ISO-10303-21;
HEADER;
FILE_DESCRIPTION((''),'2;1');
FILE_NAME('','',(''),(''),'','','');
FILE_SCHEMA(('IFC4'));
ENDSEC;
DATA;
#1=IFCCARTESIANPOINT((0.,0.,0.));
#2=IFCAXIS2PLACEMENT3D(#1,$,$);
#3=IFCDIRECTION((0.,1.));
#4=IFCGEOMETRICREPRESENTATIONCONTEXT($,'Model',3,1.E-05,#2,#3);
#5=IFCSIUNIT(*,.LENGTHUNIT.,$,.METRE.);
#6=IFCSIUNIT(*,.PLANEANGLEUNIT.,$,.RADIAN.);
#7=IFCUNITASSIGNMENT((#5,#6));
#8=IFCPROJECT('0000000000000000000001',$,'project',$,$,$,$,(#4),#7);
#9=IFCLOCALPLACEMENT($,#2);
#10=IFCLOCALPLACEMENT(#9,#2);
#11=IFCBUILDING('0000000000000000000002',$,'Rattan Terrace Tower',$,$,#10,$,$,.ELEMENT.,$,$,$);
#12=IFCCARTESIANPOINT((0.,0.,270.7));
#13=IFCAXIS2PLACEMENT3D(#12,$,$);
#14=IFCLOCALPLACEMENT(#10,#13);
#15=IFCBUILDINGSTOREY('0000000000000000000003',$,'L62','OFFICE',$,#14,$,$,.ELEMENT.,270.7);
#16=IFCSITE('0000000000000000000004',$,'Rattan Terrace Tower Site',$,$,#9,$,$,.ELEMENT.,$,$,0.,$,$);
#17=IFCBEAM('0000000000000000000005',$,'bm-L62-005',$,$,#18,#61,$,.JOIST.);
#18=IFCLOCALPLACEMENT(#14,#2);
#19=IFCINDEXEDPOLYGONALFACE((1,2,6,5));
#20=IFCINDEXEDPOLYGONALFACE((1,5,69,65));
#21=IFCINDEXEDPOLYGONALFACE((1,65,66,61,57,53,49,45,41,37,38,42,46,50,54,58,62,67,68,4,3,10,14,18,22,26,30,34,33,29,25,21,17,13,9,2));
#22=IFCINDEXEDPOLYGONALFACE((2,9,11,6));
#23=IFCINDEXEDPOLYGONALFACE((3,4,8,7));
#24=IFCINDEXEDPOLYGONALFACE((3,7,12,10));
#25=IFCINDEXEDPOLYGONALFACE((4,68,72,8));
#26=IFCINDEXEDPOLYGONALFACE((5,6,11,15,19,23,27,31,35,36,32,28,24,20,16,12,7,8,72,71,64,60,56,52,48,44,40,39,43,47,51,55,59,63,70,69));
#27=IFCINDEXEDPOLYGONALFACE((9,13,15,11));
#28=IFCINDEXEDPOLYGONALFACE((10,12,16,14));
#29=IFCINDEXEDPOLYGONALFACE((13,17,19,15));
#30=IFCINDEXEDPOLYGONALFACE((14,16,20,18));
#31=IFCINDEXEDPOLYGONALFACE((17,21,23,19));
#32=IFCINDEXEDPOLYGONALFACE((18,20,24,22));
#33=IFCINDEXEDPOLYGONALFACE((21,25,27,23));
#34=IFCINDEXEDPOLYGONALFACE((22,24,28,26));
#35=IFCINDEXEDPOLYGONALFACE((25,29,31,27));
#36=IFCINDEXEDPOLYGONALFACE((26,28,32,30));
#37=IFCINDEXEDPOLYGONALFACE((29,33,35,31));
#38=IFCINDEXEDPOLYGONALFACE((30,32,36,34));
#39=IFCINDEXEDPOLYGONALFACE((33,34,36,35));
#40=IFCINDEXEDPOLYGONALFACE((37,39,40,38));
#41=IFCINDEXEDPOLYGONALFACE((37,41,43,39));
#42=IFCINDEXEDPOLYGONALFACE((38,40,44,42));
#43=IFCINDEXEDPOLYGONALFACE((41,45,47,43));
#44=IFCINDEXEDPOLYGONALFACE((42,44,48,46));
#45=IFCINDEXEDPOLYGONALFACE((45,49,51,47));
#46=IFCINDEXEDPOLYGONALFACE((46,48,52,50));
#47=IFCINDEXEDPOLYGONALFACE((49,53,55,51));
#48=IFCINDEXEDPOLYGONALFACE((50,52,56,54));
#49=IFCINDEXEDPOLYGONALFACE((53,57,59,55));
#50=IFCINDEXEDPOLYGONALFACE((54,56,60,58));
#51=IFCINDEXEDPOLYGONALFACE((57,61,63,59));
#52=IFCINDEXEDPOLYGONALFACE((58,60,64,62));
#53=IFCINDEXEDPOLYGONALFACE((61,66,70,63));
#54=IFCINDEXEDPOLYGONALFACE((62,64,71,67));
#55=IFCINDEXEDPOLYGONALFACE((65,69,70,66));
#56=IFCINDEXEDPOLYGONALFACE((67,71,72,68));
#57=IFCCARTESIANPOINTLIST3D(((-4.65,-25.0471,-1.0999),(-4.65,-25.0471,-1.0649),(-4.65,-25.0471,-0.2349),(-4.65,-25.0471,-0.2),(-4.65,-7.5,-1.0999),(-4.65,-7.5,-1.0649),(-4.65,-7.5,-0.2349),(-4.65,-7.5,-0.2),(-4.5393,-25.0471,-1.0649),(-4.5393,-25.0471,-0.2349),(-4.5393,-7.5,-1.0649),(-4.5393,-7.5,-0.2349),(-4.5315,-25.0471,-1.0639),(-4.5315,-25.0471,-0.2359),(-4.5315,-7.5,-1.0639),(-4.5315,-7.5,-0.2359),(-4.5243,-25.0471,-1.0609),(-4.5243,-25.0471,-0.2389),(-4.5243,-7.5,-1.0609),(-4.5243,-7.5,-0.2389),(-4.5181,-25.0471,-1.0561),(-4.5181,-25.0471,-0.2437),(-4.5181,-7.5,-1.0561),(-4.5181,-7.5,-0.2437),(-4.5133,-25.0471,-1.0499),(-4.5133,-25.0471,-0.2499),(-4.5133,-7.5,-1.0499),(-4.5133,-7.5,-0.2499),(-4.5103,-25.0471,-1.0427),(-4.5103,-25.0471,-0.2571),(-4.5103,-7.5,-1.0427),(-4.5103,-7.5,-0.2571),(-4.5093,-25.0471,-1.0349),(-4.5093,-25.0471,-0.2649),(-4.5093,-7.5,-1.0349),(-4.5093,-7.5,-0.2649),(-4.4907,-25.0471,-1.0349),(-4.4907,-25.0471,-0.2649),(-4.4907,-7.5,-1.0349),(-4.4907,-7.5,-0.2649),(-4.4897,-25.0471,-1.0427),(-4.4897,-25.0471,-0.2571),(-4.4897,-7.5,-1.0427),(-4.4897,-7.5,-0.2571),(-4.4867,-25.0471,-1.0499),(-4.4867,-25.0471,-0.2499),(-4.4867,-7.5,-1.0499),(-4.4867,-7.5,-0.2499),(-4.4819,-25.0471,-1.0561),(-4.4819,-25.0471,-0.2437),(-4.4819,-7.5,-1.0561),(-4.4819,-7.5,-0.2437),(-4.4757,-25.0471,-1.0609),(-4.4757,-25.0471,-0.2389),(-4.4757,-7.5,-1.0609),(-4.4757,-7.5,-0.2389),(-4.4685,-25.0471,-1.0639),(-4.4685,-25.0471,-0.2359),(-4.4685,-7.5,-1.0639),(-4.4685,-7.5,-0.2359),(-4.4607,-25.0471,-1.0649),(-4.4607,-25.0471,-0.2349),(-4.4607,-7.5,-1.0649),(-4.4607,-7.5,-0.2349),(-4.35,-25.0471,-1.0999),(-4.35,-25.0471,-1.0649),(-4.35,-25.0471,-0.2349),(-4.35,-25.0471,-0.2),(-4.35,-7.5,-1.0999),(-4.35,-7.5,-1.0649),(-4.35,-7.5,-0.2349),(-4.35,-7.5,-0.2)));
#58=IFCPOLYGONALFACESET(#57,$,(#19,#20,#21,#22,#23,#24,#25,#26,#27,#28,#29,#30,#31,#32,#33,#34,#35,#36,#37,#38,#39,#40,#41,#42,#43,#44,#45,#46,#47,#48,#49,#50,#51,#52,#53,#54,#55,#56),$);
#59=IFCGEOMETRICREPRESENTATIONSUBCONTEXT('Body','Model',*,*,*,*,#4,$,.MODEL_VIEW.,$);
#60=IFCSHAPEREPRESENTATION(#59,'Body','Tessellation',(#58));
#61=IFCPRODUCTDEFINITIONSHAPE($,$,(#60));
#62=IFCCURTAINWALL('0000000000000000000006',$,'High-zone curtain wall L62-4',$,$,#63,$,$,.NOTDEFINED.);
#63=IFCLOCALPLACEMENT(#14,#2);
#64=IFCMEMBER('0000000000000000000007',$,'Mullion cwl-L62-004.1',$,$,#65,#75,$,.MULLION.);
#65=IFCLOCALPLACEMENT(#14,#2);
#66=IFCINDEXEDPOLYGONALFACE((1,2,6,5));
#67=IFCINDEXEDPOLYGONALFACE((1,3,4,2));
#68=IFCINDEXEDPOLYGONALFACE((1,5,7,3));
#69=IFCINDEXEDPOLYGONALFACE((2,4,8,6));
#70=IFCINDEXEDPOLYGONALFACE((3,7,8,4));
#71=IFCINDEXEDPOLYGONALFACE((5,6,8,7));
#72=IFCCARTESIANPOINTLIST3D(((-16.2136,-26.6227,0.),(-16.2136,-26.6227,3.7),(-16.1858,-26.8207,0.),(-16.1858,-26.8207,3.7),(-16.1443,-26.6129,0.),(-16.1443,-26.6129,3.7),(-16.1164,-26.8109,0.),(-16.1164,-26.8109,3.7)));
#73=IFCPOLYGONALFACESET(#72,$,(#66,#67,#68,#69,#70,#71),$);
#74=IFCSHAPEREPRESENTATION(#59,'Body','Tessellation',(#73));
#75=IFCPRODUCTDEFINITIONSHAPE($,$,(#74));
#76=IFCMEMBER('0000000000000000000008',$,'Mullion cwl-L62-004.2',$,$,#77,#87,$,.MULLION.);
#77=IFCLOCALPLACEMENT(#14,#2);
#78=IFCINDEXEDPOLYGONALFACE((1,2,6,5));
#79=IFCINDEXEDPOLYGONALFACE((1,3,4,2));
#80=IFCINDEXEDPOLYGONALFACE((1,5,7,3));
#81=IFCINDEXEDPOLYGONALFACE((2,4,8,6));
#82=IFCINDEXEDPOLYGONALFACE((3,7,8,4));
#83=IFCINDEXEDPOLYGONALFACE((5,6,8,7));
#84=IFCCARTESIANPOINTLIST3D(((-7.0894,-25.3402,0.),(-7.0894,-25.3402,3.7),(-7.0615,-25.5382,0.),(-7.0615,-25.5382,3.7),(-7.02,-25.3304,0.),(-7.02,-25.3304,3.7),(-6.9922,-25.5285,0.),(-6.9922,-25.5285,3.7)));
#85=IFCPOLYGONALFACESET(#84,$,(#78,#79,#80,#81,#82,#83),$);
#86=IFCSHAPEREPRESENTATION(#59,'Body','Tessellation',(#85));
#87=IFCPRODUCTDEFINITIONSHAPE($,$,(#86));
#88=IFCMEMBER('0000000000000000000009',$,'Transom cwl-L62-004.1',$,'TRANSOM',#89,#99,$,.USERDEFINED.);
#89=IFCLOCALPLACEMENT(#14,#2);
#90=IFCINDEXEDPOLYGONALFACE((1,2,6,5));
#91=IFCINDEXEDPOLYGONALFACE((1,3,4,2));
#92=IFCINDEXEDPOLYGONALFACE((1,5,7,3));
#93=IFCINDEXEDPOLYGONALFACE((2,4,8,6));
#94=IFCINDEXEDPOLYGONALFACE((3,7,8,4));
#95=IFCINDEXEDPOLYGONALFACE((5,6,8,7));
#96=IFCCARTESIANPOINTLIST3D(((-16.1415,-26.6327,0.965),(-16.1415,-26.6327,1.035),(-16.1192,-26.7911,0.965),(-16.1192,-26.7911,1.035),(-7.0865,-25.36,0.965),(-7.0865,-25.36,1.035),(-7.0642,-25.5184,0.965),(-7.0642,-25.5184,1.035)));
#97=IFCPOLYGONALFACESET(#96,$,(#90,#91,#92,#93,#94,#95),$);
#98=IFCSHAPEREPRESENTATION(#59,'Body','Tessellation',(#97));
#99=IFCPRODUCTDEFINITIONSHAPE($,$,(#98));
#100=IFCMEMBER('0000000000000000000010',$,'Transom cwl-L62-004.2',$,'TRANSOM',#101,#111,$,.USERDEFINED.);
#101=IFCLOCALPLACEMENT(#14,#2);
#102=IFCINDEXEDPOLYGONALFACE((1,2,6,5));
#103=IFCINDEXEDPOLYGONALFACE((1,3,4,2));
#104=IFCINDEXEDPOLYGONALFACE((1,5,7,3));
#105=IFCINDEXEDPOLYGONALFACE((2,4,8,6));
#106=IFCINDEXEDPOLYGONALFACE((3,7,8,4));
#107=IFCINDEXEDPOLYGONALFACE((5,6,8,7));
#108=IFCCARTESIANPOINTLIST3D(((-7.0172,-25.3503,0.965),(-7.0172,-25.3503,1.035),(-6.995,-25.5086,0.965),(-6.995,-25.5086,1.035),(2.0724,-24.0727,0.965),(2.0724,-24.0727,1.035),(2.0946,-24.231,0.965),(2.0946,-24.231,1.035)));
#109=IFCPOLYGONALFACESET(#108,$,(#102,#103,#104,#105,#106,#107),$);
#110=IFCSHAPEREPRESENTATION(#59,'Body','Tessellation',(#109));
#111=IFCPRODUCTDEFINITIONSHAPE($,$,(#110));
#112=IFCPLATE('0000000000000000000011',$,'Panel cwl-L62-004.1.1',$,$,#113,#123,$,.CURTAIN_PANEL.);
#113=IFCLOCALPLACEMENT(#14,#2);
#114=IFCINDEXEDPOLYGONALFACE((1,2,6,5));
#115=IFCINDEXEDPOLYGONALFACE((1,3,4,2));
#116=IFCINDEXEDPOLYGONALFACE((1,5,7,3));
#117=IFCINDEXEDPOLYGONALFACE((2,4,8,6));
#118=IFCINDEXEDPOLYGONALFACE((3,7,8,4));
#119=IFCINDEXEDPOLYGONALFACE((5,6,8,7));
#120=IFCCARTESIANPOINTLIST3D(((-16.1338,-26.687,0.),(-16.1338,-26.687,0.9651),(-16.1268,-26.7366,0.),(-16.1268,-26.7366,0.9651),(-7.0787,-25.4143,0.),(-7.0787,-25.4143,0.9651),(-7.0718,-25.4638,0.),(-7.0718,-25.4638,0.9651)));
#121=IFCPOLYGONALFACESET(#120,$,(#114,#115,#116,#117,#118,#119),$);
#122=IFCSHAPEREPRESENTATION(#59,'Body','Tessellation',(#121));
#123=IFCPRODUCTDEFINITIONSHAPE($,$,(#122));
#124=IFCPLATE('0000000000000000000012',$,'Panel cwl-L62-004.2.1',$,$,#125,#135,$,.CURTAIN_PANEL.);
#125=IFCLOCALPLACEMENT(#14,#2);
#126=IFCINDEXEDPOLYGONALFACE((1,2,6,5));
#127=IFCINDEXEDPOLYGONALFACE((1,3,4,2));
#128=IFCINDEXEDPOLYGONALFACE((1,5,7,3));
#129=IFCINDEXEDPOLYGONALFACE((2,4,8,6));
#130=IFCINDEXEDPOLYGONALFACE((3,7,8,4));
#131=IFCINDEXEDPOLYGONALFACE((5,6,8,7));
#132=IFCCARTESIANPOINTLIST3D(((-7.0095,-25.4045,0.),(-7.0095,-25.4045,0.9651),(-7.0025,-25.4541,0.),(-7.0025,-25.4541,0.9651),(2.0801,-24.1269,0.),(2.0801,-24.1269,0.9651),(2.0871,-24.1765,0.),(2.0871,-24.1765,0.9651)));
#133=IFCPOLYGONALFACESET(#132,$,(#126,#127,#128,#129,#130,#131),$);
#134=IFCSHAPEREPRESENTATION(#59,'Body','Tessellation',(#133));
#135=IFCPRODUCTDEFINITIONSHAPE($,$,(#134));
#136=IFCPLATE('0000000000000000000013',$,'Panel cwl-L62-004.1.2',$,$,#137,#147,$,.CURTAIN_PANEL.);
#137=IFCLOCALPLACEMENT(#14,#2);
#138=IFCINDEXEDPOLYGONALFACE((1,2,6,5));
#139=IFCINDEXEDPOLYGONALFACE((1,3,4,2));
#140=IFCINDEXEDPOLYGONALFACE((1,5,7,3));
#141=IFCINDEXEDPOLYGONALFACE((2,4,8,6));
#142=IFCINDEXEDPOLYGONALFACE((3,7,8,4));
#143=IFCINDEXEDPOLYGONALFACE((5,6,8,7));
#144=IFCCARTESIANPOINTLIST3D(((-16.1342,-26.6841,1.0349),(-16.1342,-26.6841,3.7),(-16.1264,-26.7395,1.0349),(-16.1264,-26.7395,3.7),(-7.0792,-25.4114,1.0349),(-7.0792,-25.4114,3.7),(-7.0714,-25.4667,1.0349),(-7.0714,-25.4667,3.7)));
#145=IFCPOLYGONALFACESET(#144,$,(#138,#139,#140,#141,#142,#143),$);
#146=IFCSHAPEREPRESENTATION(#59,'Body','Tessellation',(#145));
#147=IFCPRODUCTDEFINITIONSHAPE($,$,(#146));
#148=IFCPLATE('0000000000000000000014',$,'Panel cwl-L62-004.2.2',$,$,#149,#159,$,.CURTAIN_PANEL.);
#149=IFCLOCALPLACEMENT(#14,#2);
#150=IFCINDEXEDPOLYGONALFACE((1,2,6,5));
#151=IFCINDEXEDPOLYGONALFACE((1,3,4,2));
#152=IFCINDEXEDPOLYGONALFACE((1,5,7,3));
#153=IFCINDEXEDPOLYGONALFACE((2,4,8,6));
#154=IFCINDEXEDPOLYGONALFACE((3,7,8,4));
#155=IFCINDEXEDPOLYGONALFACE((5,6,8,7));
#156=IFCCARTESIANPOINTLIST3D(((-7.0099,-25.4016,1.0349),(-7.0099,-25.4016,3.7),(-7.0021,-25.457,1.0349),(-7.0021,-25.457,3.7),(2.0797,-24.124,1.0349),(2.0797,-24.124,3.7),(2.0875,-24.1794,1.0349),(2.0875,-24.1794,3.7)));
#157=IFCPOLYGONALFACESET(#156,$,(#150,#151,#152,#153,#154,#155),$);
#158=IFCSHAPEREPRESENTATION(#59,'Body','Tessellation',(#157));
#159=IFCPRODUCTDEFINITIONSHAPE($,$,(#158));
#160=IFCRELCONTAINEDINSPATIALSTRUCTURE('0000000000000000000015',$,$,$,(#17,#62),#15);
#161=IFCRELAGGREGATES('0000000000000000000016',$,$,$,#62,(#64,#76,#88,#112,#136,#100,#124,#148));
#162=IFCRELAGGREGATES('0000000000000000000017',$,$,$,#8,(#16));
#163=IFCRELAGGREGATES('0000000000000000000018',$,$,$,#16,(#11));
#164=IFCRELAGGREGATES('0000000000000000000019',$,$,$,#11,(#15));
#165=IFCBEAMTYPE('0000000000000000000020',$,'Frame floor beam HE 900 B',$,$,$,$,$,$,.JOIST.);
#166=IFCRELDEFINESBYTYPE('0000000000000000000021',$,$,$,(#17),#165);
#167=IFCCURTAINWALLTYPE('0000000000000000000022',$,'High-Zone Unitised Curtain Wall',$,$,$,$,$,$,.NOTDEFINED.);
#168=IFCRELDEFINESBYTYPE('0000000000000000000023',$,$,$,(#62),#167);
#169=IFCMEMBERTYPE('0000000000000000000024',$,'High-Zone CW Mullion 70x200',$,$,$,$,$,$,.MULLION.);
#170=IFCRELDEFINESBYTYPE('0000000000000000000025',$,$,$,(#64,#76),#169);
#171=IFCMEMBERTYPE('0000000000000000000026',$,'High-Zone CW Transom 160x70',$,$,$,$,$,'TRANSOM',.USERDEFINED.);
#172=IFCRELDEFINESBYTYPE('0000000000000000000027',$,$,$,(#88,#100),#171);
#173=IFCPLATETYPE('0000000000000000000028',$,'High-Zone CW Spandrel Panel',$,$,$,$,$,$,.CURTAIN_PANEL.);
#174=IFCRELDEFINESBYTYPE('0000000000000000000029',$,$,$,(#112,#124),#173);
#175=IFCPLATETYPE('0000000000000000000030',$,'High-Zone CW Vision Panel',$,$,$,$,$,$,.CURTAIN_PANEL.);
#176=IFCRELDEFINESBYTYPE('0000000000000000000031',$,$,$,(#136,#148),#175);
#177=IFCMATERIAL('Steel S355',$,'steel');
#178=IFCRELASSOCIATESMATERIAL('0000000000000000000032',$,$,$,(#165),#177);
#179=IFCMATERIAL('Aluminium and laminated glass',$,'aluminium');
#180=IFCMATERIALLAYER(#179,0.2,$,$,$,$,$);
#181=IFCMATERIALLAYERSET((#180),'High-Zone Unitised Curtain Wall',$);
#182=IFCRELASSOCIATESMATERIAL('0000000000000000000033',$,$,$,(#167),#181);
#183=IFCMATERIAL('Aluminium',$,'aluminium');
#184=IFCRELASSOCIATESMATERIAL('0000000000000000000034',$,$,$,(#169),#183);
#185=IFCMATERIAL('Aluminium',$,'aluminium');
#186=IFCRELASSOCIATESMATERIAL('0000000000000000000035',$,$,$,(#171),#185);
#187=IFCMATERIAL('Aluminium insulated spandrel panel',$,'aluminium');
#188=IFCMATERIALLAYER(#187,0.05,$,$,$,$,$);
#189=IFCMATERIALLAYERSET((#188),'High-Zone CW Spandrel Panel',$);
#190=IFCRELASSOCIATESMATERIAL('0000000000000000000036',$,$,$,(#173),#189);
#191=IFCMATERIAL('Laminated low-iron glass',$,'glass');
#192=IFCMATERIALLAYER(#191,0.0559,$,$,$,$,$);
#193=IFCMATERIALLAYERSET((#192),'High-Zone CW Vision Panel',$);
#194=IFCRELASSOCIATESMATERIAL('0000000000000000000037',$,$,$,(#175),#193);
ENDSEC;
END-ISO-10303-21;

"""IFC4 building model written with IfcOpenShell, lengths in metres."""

from ifc_helpers import new_model, si_unit, direction, frame, origin, origin_2d, place, context, subcontext, project, spatial, rectangle, i_section, extrude, material, layer, layer_set, material_profile, profile_set, type_object, element, aggregate, save


model = new_model("IFC4")

# Units and contexts
model_context = context("Model", 3, precision=1e-05, world=origin(), true_north=direction((0.0, 1.0)))
body_context = subcontext(model_context, "Body", "Model", "MODEL_VIEW")
ifc_project = project(units=[si_unit("LENGTHUNIT", "METRE"), si_unit("PLANEANGLEUNIT", "RADIAN")], contexts=[model_context])

# Site, building, storey
site_placement = place(None, origin())
site = spatial("IfcSite", under=ifc_project, at=site_placement, Name="Rattan Terrace Tower Site", CompositionType="ELEMENT", RefElevation=0.0)
building_placement = place(site_placement, origin())
building = spatial("IfcBuilding", under=site, at=building_placement, Name="Rattan Terrace Tower", CompositionType="ELEMENT")
storey_placement = place(building_placement, frame((0.0, 0.0, 270.7)))
storey = spatial("IfcBuildingStorey", under=building, at=storey_placement, Name="L62", Description="OFFICE", CompositionType="ELEMENT", Elevation=270.7)

# Beam
ifc_material_1 = material(Name="Steel S355", Category="steel")
ifc_material_profile_1 = material_profile(ifc_material_1, i_section(OverallWidth=0.3, OverallDepth=0.8999, WebThickness=0.0186, FlangeThickness=0.0349, FilletRadius=0.03, at=origin_2d()), Name="HE 900 B")
ifc_profile_set_1 = profile_set([ifc_material_profile_1], Name="Steel S355")
beam_type_1 = type_object("IfcBeamType", Name="Frame floor beam HE 900 B", PredefinedType="JOIST", material=ifc_profile_set_1)
beam_1_placement = place(storey_placement, frame((-4.5, -25.0471, -0.6499), z_axis=(0.0, 1.0, 0.0), x_axis=(-1.0, 0.0, 0.0)))
element("IfcBeam", 1, at=beam_1_placement, inside=storey, type_object=beam_type_1, Name="bm-L62-005", PredefinedType="JOIST", context=body_context, shape_type="SweptSolid", body=[
    extrude(i_section(OverallWidth=0.3, OverallDepth=0.8999, WebThickness=0.0186, FlangeThickness=0.0349, FilletRadius=0.03, at=origin_2d()), origin(), (0.0, 0.0, 1.0), 17.5471),
])

# Curtain wall, members, plates
ifc_material_2 = material(Name="Aluminium and laminated glass", Category="aluminium")
ifc_layer_1 = layer(ifc_material_2, 0.2)
ifc_layer_set_1 = layer_set([ifc_layer_1], Name="High-Zone Unitised Curtain Wall")
curtain_wall_type = type_object("IfcCurtainWallType", Name="High-Zone Unitised Curtain Wall", PredefinedType="NOTDEFINED", material=ifc_layer_set_1)
curtain_wall_placement = place(storey_placement, origin())
curtain_wall = element("IfcCurtainWall", 2, at=curtain_wall_placement, inside=storey, type_object=curtain_wall_type, Name="High-zone curtain wall L62-4", PredefinedType="NOTDEFINED")
ifc_material_3 = material(Name="Aluminium", Category="aluminium")
ifc_material_profile_2 = material_profile(ifc_material_3, rectangle(XDim=0.0701, YDim=0.2, at=origin_2d()), Name="Aluminium 70x200")
ifc_profile_set_2 = profile_set([ifc_material_profile_2], Name="Aluminium")
member_type_1 = type_object("IfcMemberType", Name="High-Zone CW Mullion 70x200", PredefinedType="MULLION", material=ifc_profile_set_2)
member_1_placement = place(storey_placement, frame((-16.165, -26.7168, 0.0), z_axis=(0.0, 0.0, 1.0), x_axis=(0.990266, 0.139189, 0.0)))
member_1 = element("IfcMember", 3, at=member_1_placement, type_object=member_type_1, Name="Mullion cwl-L62-004.1", PredefinedType="MULLION", context=body_context, shape_type="SweptSolid", body=[
    extrude(rectangle(XDim=0.0701, YDim=0.2, at=origin_2d()), origin(), (0.0, 0.0, 1.0), 3.7),
])
member_2_placement = place(storey_placement, frame((-7.0408, -25.4343, 0.0), z_axis=(0.0, 0.0, 1.0), x_axis=(0.990266, 0.139189, 0.0)))
member_2 = element("IfcMember", 4, at=member_2_placement, type_object=member_type_1, Name="Mullion cwl-L62-004.2", PredefinedType="MULLION", context=body_context, shape_type="SweptSolid", body=[
    extrude(rectangle(XDim=0.0701, YDim=0.2, at=origin_2d()), origin(), (0.0, 0.0, 1.0), 3.7),
])
ifc_material_4 = material(Name="Aluminium", Category="aluminium")
ifc_material_profile_3 = material_profile(ifc_material_4, rectangle(XDim=0.1599, YDim=0.0701, at=origin_2d()), Name="Aluminium 160x70")
ifc_profile_set_3 = profile_set([ifc_material_profile_3], Name="Aluminium")
member_type_2 = type_object("IfcMemberType", Name="High-Zone CW Transom 160x70", ElementType="TRANSOM", PredefinedType="USERDEFINED", material=ifc_profile_set_3)
member_3_placement = place(storey_placement, frame((-16.1304, -26.7119, 1.0), z_axis=(0.990266, 0.139186, 0.0), x_axis=(-0.139186, 0.990266, 0.0)))
member_3 = element("IfcMember", 5, at=member_3_placement, type_object=member_type_2, Name="Transom cwl-L62-004.1", ObjectType="TRANSOM", PredefinedType="USERDEFINED", context=body_context, shape_type="SweptSolid", body=[
    extrude(rectangle(XDim=0.1599, YDim=0.0701, at=origin_2d()), origin(), (0.0, 0.0, 1.0), 9.144),
])
member_4_placement = place(storey_placement, frame((-7.0061, -25.4294, 1.0), z_axis=(0.990266, 0.139187, 0.0), x_axis=(-0.139187, 0.990266, 0.0)))
member_4 = element("IfcMember", 6, at=member_4_placement, type_object=member_type_2, Name="Transom cwl-L62-004.2", ObjectType="TRANSOM", PredefinedType="USERDEFINED", context=body_context, shape_type="SweptSolid", body=[
    extrude(rectangle(XDim=0.1599, YDim=0.0701, at=origin_2d()), origin(), (0.0, 0.0, 1.0), 9.179),
])
ifc_material_5 = material(Name="Aluminium insulated spandrel panel", Category="aluminium")
ifc_layer_2 = layer(ifc_material_5, 0.05)
ifc_layer_set_2 = layer_set([ifc_layer_2], Name="High-Zone CW Spandrel Panel")
plate_type_1 = type_object("IfcPlateType", Name="High-Zone CW Spandrel Panel", PredefinedType="CURTAIN_PANEL", material=ifc_layer_set_2)
plate_1_placement = place(storey_placement, frame((-11.6028, -26.0754, 0.0), z_axis=(0.0, 0.0, 1.0), x_axis=(0.990266, 0.139189, 0.0)))
plate_1 = element("IfcPlate", 7, at=plate_1_placement, type_object=plate_type_1, Name="Panel cwl-L62-004.1.1", PredefinedType="CURTAIN_PANEL", context=body_context, shape_type="SweptSolid", body=[
    extrude(rectangle(XDim=9.144, YDim=0.05, at=origin_2d()), origin(), (0.0, 0.0, 1.0), 0.9651),
])
plate_2_placement = place(storey_placement, frame((-2.4612, -24.7905, 0.0), z_axis=(0.0, 0.0, 1.0), x_axis=(0.990266, 0.139189, 0.0)))
plate_2 = element("IfcPlate", 8, at=plate_2_placement, type_object=plate_type_1, Name="Panel cwl-L62-004.2.1", PredefinedType="CURTAIN_PANEL", context=body_context, shape_type="SweptSolid", body=[
    extrude(rectangle(XDim=9.179, YDim=0.05, at=origin_2d()), origin(), (0.0, 0.0, 1.0), 0.9651),
])
ifc_material_6 = material(Name="Laminated low-iron glass", Category="glass")
ifc_layer_3 = layer(ifc_material_6, 0.0559)
ifc_layer_set_3 = layer_set([ifc_layer_3], Name="High-Zone CW Vision Panel")
plate_type_2 = type_object("IfcPlateType", Name="High-Zone CW Vision Panel", PredefinedType="CURTAIN_PANEL", material=ifc_layer_set_3)
plate_3_placement = place(storey_placement, frame((-11.6028, -26.0754, 1.0349), z_axis=(0.0, 0.0, 1.0), x_axis=(0.990266, 0.139189, 0.0)))
plate_3 = element("IfcPlate", 9, at=plate_3_placement, type_object=plate_type_2, Name="Panel cwl-L62-004.1.2", PredefinedType="CURTAIN_PANEL", context=body_context, shape_type="SweptSolid", body=[
    extrude(rectangle(XDim=9.144, YDim=0.0559, at=origin_2d()), origin(), (0.0, 0.0, 1.0), 2.665),
])
plate_4_placement = place(storey_placement, frame((-2.4612, -24.7905, 1.0349), z_axis=(0.0, 0.0, 1.0), x_axis=(0.990266, 0.139189, 0.0)))
plate_4 = element("IfcPlate", 10, at=plate_4_placement, type_object=plate_type_2, Name="Panel cwl-L62-004.2.2", PredefinedType="CURTAIN_PANEL", context=body_context, shape_type="SweptSolid", body=[
    extrude(rectangle(XDim=9.179, YDim=0.0559, at=origin_2d()), origin(), (0.0, 0.0, 1.0), 2.665),
])
aggregate(curtain_wall, [member_1, member_2, member_3, plate_1, plate_3, member_4, plate_2, plate_4])

save(model, "model.ifc")
